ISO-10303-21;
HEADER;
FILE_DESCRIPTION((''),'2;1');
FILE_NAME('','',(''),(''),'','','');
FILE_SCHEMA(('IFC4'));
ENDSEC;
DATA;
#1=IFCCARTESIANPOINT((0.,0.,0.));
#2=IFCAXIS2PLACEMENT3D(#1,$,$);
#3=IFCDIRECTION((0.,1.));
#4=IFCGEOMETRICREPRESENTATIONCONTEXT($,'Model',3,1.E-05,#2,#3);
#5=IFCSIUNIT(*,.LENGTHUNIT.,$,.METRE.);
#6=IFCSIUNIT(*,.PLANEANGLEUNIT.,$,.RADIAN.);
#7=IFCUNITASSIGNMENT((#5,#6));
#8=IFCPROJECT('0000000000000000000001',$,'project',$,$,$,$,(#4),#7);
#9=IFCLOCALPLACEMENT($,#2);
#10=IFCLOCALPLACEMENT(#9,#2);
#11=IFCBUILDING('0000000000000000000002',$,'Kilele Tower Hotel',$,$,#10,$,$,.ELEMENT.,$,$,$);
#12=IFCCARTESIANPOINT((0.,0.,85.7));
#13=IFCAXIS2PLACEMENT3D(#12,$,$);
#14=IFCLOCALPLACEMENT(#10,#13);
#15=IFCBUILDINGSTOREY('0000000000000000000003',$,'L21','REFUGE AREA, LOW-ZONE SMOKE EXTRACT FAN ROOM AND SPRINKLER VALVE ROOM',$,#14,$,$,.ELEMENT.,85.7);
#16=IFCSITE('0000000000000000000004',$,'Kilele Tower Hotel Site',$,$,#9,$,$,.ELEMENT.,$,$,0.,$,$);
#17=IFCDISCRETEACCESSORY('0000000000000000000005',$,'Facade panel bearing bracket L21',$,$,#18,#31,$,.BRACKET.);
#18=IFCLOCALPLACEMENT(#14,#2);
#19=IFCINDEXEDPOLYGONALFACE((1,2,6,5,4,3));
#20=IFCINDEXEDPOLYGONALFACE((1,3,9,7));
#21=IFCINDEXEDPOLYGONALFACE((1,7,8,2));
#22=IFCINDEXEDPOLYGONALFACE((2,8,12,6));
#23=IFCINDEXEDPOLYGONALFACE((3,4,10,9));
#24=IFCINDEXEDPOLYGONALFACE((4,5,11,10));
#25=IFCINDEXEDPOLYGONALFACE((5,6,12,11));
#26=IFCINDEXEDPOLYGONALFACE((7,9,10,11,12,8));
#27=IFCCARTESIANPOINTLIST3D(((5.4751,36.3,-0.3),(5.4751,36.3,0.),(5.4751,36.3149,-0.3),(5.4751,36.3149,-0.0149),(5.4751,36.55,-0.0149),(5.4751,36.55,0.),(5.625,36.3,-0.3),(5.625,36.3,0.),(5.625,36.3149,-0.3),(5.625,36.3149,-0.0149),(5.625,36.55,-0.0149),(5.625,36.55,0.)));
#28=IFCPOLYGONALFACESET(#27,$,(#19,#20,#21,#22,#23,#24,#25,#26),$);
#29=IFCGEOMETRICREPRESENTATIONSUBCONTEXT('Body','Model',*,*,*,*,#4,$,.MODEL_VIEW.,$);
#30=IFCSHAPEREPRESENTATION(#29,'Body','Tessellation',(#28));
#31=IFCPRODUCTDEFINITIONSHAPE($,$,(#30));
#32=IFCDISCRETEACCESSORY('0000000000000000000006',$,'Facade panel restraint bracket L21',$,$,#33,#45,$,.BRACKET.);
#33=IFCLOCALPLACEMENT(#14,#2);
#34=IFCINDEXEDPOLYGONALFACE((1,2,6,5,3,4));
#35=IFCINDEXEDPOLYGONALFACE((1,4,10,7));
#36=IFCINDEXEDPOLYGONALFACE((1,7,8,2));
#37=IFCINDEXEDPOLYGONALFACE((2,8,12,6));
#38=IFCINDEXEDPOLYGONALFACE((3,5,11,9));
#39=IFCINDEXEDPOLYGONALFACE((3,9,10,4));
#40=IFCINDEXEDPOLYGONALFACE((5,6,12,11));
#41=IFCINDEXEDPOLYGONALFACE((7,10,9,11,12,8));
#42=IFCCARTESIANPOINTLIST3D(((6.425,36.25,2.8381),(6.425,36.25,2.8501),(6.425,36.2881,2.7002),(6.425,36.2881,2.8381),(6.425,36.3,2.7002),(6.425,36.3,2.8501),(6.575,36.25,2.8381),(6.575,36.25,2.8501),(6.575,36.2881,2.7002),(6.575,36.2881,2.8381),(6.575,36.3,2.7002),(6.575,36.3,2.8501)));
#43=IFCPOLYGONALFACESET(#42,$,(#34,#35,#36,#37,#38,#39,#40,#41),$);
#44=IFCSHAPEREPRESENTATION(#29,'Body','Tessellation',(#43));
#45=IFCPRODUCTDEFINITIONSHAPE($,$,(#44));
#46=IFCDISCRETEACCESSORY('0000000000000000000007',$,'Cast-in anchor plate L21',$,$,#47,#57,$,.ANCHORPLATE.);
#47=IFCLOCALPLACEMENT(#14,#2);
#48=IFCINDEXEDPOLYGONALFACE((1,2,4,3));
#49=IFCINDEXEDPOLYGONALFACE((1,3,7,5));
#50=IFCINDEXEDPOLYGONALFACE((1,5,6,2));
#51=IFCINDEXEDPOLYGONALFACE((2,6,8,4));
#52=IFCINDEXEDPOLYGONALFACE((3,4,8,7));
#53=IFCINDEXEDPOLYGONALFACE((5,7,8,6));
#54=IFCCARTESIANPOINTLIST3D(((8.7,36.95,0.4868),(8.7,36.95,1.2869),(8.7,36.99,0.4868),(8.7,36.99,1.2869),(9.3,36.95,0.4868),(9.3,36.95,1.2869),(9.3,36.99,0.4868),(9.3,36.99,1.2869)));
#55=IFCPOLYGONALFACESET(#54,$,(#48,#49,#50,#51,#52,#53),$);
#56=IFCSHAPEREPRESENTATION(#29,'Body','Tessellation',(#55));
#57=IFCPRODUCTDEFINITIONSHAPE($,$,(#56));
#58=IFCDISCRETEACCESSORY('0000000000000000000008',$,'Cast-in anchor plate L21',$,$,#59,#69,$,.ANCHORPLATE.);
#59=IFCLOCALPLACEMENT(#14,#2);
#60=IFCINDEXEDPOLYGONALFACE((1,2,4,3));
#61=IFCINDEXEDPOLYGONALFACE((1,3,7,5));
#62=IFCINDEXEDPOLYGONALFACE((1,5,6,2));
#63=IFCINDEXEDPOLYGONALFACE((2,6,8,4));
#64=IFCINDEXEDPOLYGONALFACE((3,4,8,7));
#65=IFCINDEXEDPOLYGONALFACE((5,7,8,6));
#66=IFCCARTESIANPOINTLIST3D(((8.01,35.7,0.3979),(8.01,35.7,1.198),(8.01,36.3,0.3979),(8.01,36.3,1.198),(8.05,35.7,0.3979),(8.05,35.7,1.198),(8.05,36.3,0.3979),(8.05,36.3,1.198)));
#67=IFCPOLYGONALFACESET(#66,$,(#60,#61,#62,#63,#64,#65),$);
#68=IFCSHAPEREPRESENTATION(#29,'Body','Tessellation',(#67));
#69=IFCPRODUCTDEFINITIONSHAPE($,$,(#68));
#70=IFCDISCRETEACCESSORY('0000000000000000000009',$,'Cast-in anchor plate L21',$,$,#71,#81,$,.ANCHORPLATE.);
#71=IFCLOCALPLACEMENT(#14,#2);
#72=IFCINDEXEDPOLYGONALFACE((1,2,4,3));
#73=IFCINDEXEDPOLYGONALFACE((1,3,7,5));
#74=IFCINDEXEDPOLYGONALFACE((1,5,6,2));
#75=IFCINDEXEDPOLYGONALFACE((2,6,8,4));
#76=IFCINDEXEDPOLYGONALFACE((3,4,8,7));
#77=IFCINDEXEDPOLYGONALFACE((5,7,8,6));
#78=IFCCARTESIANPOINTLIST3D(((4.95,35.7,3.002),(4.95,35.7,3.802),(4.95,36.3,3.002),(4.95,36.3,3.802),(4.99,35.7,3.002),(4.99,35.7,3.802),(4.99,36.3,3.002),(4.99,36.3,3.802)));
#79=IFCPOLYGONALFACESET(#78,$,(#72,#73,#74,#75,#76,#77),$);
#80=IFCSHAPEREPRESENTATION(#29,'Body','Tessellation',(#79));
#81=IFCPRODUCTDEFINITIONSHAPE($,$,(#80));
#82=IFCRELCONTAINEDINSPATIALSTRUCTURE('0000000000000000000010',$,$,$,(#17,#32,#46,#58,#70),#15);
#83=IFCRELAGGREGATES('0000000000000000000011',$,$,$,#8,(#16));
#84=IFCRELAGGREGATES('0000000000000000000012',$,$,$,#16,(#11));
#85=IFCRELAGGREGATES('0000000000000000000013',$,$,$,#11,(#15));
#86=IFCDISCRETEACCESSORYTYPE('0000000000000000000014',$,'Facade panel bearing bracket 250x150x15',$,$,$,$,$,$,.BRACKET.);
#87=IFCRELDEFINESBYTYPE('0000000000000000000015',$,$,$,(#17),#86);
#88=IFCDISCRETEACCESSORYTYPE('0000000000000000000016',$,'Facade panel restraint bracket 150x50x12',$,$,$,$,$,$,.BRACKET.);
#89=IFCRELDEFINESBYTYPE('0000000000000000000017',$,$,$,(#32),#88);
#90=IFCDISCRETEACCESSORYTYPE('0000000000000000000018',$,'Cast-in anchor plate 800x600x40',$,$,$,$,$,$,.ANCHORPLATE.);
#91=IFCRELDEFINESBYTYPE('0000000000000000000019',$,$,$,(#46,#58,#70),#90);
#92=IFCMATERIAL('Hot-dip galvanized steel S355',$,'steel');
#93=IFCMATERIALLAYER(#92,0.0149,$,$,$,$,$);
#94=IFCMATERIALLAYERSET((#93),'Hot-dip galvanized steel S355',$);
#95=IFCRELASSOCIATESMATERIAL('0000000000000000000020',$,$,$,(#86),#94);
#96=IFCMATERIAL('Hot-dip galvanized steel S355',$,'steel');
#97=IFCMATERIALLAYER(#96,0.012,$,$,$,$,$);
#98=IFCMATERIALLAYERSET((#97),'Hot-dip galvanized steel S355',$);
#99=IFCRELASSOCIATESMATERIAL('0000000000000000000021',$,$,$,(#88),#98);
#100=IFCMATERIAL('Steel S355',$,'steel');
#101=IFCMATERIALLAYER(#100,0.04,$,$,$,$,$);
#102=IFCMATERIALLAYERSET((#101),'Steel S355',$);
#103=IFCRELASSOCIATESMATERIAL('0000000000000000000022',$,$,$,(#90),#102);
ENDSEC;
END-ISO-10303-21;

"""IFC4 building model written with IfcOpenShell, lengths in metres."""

from ifc_helpers import new_model, si_unit, direction, frame, origin, place, context, subcontext, project, spatial, polyline, outline, extrude, source, transform, mapped, material, layer, layer_set, type_object, element, save


model = new_model("IFC4")

# Units and contexts
model_context = context("Model", 3, precision=1e-05, world=origin(), true_north=direction((0.0, 1.0)))
body_context = subcontext(model_context, "Body", "Model", "MODEL_VIEW")
ifc_project = project(units=[si_unit("LENGTHUNIT", "METRE"), si_unit("PLANEANGLEUNIT", "RADIAN")], contexts=[model_context])

# Site, building, storey
site_placement = place(None, origin())
site = spatial("IfcSite", under=ifc_project, at=site_placement, Name="Kilele Tower Hotel Site", CompositionType="ELEMENT", RefElevation=0.0)
building_placement = place(site_placement, origin())
building = spatial("IfcBuilding", under=site, at=building_placement, Name="Kilele Tower Hotel", CompositionType="ELEMENT")
storey_placement = place(building_placement, frame((0.0, 0.0, 85.7)))
storey = spatial("IfcBuildingStorey", under=building, at=storey_placement, Name="L21", Description="REFUGE AREA, LOW-ZONE SMOKE EXTRACT FAN ROOM AND SPRINKLER VALVE ROOM", CompositionType="ELEMENT", Elevation=85.7)

# Discrete accessories
ifc_material_1 = material(Name="Hot-dip galvanized steel S355", Category="steel")
ifc_layer_1 = layer(ifc_material_1, 0.0149)
ifc_layer_set_1 = layer_set([ifc_layer_1], Name="Hot-dip galvanized steel S355")
discrete_accessory_type_1 = type_object("IfcDiscreteAccessoryType", Name="Facade panel bearing bracket 250x150x15", PredefinedType="BRACKET", material=ifc_layer_set_1)
shared_shape_1 = source(origin(), body_context, "Body", "SweptSolid", [
    extrude(outline(polyline([(0.0, 0.0), (0.25, 0.0), (0.25, -0.0149), (0.0149, -0.0149), (0.0149, -0.3), (0.0, -0.3), (0.0, 0.0)])), origin(), (0.0, 0.0, 1.0), 0.1499),
])
for number, where, z_axis, x_axis, name in (
    (1, (5.4751, 36.3, 0.0), (1.0, 0.0, 0.0), (0.0, 1.0, 0.0), "Facade panel bearing bracket L21"),
):
    element("IfcDiscreteAccessory", number, at=place(storey_placement, frame(where, z_axis=z_axis, x_axis=x_axis)), inside=storey, type_object=discrete_accessory_type_1, Name=name, PredefinedType="BRACKET", context=body_context, shape_type="MappedRepresentation", body=[
        mapped(shared_shape_1, transform((0.0, 0.0, 0.0))),
    ])
ifc_material_2 = material(Name="Hot-dip galvanized steel S355", Category="steel")
ifc_layer_2 = layer(ifc_material_2, 0.012)
ifc_layer_set_2 = layer_set([ifc_layer_2], Name="Hot-dip galvanized steel S355")
discrete_accessory_type_2 = type_object("IfcDiscreteAccessoryType", Name="Facade panel restraint bracket 150x50x12", PredefinedType="BRACKET", material=ifc_layer_set_2)
shared_shape_2 = source(origin(), body_context, "Body", "SweptSolid", [
    extrude(outline(polyline([(0.0, 0.0), (0.0, -0.1499), (-0.012, -0.1499), (-0.012, -0.012), (-0.05, -0.012), (-0.05, 0.0), (0.0, 0.0)])), origin(), (0.0, 0.0, 1.0), 0.1499),
])
discrete_accessory_placement = place(storey_placement, frame((6.425, 36.3, 2.8501), z_axis=(1.0, 0.0, 0.0), x_axis=(0.0, 1.0, 0.0)))
element("IfcDiscreteAccessory", 2, at=discrete_accessory_placement, inside=storey, type_object=discrete_accessory_type_2, Name="Facade panel restraint bracket L21", PredefinedType="BRACKET", context=body_context, shape_type="MappedRepresentation", body=[
    mapped(shared_shape_2, transform((0.0, 0.0, 0.0))),
])
ifc_material_3 = material(Name="Steel S355", Category="steel")
ifc_layer_3 = layer(ifc_material_3, 0.04)
ifc_layer_set_3 = layer_set([ifc_layer_3], Name="Steel S355")
discrete_accessory_type_3 = type_object("IfcDiscreteAccessoryType", Name="Cast-in anchor plate 800x600x40", PredefinedType="ANCHORPLATE", material=ifc_layer_set_3)
shared_shape_3 = source(origin(), body_context, "Body", "SweptSolid", [
    extrude(outline(polyline([(0.0, 0.0), (0.04, 0.0), (0.04, 0.8), (0.0, 0.8), (0.0, 0.0)])), origin(), (0.0, 0.0, 1.0), 0.6001),
])
for number, where, z_axis, x_axis, name in (
    (3, (8.7, 36.95, 0.4868), (1.0, 0.0, 0.0), (0.0, 1.0, 0.0), "Cast-in anchor plate L21"),
    (4, (8.05, 35.7, 0.3979), (0.0, 1.0, 0.0), (-1.0, 0.0, 0.0), "Cast-in anchor plate L21"),
    (5, (4.95, 36.3, 3.002), (0.0, -1.0, 0.0), (1.0, 0.0, 0.0), "Cast-in anchor plate L21"),
):
    element("IfcDiscreteAccessory", number, at=place(storey_placement, frame(where, z_axis=z_axis, x_axis=x_axis)), inside=storey, type_object=discrete_accessory_type_3, Name=name, PredefinedType="ANCHORPLATE", context=body_context, shape_type="MappedRepresentation", body=[
        mapped(shared_shape_3, transform((0.0, 0.0, 0.0))),
    ])

save(model, "model.ifc")
